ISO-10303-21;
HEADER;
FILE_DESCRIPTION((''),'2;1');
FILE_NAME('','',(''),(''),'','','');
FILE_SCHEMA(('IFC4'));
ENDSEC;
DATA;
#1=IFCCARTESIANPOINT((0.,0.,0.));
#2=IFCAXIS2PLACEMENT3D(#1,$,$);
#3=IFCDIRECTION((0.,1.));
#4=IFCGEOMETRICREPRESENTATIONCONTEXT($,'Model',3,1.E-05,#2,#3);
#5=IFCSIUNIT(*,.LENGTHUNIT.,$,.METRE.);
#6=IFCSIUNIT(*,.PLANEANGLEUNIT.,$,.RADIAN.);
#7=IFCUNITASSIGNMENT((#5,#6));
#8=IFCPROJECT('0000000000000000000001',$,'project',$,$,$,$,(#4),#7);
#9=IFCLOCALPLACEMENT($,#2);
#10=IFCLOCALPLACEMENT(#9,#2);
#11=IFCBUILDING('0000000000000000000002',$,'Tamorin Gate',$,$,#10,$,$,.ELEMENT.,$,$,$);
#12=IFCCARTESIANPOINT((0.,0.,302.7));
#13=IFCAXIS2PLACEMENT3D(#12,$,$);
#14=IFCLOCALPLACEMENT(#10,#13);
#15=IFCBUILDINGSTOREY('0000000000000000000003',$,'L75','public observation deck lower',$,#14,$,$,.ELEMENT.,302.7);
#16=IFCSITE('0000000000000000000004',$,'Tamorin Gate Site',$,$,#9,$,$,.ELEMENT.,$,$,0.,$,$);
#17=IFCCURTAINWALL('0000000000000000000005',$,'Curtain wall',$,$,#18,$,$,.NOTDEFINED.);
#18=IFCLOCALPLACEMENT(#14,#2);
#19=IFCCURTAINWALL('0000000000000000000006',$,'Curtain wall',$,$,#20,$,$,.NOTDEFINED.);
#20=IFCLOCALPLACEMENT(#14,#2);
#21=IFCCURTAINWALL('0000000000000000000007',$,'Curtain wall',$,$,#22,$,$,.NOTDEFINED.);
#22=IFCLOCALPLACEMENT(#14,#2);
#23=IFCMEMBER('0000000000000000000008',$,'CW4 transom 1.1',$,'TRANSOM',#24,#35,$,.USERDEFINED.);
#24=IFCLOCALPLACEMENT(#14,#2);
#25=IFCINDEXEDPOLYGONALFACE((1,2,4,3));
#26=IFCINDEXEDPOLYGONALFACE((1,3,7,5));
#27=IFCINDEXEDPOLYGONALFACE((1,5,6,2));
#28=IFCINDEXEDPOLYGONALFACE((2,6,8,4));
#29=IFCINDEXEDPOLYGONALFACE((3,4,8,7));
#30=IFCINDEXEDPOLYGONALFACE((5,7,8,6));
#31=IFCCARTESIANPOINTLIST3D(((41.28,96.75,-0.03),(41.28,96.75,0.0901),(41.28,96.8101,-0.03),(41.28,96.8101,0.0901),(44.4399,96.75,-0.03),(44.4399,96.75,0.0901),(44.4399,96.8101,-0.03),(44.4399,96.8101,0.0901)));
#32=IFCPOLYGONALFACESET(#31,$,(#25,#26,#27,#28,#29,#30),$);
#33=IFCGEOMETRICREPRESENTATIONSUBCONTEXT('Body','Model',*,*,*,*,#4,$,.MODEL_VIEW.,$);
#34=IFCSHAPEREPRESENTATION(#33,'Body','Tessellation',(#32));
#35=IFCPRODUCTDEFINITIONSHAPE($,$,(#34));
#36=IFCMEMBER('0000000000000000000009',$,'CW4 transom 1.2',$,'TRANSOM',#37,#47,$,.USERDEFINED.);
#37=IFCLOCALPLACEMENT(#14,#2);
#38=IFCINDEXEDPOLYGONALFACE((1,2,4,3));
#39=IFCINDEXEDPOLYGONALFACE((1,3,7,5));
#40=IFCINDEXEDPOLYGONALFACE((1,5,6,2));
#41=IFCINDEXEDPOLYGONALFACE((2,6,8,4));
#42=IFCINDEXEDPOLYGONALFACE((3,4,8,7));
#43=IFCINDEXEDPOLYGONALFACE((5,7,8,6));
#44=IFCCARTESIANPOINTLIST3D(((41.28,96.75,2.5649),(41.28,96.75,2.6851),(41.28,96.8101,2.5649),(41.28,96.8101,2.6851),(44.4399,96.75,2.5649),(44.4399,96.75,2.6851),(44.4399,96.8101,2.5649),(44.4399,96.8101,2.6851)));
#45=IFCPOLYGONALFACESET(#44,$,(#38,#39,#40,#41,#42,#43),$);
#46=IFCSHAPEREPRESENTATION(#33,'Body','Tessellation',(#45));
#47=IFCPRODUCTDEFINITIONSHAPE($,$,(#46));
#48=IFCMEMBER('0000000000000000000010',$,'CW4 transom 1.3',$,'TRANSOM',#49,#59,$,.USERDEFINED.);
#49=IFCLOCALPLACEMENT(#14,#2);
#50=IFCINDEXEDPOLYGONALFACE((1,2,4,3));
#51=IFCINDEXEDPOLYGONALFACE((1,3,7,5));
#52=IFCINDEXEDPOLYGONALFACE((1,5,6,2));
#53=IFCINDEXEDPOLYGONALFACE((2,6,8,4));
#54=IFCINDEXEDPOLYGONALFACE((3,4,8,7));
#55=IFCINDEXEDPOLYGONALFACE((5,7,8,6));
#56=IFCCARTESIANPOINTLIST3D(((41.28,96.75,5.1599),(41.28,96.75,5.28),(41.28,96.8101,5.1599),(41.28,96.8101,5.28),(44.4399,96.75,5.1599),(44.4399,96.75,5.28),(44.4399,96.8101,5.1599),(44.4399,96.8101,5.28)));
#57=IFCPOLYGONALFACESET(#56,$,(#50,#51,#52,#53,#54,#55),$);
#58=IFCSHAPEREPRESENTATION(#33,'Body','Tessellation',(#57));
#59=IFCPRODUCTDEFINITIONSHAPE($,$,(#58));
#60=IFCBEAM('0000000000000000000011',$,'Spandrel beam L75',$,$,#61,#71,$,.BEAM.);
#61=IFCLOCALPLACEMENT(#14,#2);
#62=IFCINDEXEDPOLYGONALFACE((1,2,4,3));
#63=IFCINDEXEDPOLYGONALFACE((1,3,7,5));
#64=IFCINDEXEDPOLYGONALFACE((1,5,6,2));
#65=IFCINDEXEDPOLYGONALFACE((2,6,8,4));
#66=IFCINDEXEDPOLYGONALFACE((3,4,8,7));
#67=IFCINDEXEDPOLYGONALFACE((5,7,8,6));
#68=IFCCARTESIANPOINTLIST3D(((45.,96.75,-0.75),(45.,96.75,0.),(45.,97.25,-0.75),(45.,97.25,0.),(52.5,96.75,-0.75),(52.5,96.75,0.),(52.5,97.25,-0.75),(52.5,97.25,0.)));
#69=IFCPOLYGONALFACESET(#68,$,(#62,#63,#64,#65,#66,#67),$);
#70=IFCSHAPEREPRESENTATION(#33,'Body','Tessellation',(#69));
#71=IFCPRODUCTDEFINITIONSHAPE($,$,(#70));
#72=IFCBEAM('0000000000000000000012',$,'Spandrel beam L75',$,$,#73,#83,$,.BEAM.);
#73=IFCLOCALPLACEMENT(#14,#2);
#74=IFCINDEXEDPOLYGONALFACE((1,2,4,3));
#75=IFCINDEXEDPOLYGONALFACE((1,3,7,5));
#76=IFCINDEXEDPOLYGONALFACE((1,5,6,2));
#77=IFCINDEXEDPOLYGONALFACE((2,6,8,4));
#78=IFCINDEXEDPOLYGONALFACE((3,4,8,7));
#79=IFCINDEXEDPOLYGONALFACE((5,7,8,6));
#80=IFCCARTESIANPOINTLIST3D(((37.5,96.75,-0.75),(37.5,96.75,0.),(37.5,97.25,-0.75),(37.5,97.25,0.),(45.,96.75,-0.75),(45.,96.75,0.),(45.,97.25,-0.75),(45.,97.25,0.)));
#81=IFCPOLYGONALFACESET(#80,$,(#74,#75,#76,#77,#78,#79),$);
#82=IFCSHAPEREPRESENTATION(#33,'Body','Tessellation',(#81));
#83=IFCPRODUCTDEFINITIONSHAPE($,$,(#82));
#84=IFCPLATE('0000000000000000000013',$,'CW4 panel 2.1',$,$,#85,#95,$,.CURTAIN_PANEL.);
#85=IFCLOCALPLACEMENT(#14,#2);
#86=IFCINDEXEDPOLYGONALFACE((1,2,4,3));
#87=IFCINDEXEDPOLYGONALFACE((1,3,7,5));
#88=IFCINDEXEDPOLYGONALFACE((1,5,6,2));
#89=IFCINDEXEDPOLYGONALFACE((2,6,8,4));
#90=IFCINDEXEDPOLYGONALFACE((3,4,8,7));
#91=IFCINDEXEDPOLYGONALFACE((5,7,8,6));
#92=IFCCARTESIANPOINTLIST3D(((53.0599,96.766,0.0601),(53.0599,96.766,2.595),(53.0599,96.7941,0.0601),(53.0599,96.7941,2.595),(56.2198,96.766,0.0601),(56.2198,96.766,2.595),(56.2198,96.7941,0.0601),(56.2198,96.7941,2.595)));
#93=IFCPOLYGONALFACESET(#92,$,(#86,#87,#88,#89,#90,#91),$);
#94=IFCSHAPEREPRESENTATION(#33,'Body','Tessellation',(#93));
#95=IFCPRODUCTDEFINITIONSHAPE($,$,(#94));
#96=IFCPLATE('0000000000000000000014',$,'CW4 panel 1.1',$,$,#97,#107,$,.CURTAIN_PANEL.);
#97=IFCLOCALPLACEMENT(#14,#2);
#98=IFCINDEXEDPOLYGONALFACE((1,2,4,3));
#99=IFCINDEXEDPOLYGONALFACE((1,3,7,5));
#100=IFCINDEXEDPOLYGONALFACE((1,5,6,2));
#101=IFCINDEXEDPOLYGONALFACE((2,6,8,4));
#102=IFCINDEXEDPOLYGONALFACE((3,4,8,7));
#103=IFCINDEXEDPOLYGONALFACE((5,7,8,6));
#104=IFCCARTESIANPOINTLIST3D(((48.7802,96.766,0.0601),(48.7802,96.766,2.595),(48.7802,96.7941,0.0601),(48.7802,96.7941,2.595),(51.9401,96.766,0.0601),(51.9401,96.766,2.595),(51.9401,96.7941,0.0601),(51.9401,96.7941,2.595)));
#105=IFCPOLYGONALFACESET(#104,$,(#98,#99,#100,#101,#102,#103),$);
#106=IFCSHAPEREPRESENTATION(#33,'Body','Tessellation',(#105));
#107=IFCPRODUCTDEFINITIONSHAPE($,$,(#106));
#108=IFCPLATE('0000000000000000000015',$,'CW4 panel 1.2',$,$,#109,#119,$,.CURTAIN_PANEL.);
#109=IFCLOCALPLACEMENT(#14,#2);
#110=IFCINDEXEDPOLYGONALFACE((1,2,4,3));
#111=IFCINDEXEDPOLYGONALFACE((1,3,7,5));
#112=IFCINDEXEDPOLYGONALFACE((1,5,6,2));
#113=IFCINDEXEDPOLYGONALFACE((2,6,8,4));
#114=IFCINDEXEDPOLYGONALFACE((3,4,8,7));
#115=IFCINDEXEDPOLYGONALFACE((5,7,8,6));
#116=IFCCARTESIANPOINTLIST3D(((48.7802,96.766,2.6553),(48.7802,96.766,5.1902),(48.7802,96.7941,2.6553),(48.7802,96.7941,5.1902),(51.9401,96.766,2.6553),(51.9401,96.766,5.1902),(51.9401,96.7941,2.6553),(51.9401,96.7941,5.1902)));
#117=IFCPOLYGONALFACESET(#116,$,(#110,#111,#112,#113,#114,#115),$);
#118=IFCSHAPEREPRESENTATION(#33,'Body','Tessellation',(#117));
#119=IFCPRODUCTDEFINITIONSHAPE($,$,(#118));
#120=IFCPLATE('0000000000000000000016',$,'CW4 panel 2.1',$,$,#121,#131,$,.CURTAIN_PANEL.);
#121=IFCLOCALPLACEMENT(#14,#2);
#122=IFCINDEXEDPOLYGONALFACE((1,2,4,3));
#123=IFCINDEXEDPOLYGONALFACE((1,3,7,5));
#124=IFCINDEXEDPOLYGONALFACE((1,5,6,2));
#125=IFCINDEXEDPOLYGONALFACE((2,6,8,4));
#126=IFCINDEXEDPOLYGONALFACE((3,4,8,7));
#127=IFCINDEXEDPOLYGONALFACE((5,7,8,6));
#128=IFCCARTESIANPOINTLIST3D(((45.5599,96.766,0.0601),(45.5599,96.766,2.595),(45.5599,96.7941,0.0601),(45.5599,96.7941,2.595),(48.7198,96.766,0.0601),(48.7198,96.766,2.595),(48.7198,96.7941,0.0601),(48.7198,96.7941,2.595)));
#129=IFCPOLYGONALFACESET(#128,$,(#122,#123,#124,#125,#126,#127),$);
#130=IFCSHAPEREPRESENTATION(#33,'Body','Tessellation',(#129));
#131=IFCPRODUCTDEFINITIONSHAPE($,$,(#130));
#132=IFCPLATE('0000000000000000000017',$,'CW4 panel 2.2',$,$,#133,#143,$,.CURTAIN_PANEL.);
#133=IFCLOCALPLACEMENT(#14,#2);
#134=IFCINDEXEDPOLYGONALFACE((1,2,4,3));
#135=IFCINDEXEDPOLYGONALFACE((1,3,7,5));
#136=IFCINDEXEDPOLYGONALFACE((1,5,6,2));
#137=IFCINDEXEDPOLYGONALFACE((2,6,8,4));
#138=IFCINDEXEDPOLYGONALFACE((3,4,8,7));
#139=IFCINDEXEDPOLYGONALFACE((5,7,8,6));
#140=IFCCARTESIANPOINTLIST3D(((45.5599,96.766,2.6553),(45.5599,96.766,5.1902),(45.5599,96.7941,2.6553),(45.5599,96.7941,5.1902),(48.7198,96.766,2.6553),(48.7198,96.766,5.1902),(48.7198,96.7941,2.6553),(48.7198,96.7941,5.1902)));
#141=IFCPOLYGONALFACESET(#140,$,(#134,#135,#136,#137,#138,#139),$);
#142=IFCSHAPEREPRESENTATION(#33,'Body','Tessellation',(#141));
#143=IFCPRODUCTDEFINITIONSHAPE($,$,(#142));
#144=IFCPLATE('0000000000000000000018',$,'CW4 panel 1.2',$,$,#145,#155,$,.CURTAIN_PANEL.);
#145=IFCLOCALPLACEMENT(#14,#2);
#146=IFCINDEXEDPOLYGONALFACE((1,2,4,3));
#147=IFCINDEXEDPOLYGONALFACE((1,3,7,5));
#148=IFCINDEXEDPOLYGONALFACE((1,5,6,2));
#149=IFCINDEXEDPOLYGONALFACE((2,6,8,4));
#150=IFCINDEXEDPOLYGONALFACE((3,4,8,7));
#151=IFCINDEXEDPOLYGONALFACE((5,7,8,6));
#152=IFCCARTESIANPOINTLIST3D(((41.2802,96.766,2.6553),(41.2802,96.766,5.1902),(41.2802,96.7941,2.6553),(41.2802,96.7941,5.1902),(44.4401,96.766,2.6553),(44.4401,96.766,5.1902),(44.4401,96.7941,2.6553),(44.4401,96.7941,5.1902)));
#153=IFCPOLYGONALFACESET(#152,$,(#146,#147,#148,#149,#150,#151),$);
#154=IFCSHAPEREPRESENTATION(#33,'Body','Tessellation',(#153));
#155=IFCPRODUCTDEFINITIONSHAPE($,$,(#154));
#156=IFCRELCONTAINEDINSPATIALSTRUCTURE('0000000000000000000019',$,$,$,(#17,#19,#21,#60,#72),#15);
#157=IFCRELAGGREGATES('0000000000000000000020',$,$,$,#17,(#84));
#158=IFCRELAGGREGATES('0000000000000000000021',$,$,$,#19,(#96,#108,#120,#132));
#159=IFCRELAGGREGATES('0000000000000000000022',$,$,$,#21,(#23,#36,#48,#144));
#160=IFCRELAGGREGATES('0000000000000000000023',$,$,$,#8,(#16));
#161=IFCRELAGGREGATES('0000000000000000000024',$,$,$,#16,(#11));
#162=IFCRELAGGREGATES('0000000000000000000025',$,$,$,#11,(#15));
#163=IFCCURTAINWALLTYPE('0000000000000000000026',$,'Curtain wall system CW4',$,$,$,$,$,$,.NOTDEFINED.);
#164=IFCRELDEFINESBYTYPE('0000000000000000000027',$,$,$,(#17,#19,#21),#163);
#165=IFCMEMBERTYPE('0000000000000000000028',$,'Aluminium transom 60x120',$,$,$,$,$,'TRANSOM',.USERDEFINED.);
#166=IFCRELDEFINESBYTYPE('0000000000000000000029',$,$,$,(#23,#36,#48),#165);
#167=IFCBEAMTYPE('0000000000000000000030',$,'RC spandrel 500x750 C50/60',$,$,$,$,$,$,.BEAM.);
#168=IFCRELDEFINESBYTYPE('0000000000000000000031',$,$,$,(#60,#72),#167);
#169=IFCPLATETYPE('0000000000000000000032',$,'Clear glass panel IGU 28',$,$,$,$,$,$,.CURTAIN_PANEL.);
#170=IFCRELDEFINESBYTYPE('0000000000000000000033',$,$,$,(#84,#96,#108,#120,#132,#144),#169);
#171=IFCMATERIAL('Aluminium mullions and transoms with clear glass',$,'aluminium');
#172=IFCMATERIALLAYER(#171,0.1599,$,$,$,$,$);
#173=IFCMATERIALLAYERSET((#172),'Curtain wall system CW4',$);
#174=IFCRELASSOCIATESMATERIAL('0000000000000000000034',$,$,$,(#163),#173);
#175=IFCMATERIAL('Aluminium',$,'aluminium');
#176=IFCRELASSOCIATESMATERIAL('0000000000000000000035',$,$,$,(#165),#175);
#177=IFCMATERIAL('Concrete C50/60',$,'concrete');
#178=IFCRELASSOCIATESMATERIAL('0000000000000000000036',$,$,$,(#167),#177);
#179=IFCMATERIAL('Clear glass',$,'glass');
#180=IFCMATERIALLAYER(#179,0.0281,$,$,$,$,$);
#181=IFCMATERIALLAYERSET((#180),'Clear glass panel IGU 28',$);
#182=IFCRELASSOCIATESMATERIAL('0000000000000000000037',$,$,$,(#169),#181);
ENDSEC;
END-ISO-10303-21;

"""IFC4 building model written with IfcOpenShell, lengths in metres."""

from ifc_helpers import new_model, si_unit, direction, frame, origin, origin_2d, place, context, subcontext, project, spatial, rectangle, extrude, material, layer, layer_set, material_profile, profile_set, type_object, element, aggregate, save


model = new_model("IFC4")

# Units and contexts
model_context = context("Model", 3, precision=1e-05, world=origin(), true_north=direction((0.0, 1.0)))
body_context = subcontext(model_context, "Body", "Model", "MODEL_VIEW")
ifc_project = project(units=[si_unit("LENGTHUNIT", "METRE"), si_unit("PLANEANGLEUNIT", "RADIAN")], contexts=[model_context])

# Site, building, storey
site_placement = place(None, origin())
site = spatial("IfcSite", under=ifc_project, at=site_placement, Name="Tamorin Gate Site", CompositionType="ELEMENT", RefElevation=0.0)
building_placement = place(site_placement, origin())
building = spatial("IfcBuilding", under=site, at=building_placement, Name="Tamorin Gate", CompositionType="ELEMENT")
storey_placement = place(building_placement, frame((0.0, 0.0, 302.7)))
storey = spatial("IfcBuildingStorey", under=building, at=storey_placement, Name="L75", Description="public observation deck lower", CompositionType="ELEMENT", Elevation=302.7)

# Shared definitions
ifc_material_1 = material(Name="Concrete C50/60", Category="concrete")

# Curtain wall
ifc_material_2 = material(Name="Aluminium mullions and transoms with clear glass", Category="aluminium")
ifc_layer_1 = layer(ifc_material_2, 0.1599)
ifc_layer_set_1 = layer_set([ifc_layer_1], Name="Curtain wall system CW4")
curtain_wall_type = type_object("IfcCurtainWallType", Name="Curtain wall system CW4", PredefinedType="NOTDEFINED", material=ifc_layer_set_1)
curtain_wall_1_placement = place(storey_placement, origin())
curtain_wall_1 = element("IfcCurtainWall", 1, at=curtain_wall_1_placement, inside=storey, type_object=curtain_wall_type, Name="Curtain wall", PredefinedType="NOTDEFINED")
ifc_material_3 = material(Name="Aluminium", Category="aluminium")

# Curtain wall
curtain_wall_2_placement = place(storey_placement, origin())
curtain_wall_2 = element("IfcCurtainWall", 2, at=curtain_wall_2_placement, inside=storey, type_object=curtain_wall_type, Name="Curtain wall", PredefinedType="NOTDEFINED")

# Curtain wall
curtain_wall_3_placement = place(storey_placement, origin())
curtain_wall_3 = element("IfcCurtainWall", 3, at=curtain_wall_3_placement, inside=storey, type_object=curtain_wall_type, Name="Curtain wall", PredefinedType="NOTDEFINED")

# Members
ifc_material_profile_1 = material_profile(ifc_material_3, rectangle(XDim=0.0601, YDim=0.1201, at=origin_2d()), Name="RECT 60x120")
ifc_profile_set_1 = profile_set([ifc_material_profile_1], Name="Aluminium")
member_type_1 = type_object("IfcMemberType", Name="Aluminium transom 60x120", ElementType="TRANSOM", PredefinedType="USERDEFINED", material=ifc_profile_set_1)
member_1_placement = place(storey_placement, frame((44.4399, 96.78, 0.03), z_axis=(-1.0, 0.0, 0.0), x_axis=(0.0, -1.0, 0.0)))
member_1 = element("IfcMember", 4, at=member_1_placement, type_object=member_type_1, Name="CW4 transom 1.1", ObjectType="TRANSOM", PredefinedType="USERDEFINED", context=body_context, shape_type="SweptSolid", body=[
    extrude(rectangle(XDim=0.0601, YDim=0.1201, at=origin_2d()), origin(), (0.0, 0.0, 1.0), 3.1599),
])
member_2_placement = place(storey_placement, frame((44.4399, 96.78, 2.625), z_axis=(-1.0, 0.0, 0.0), x_axis=(0.0, -1.0, 0.0)))
member_2 = element("IfcMember", 5, at=member_2_placement, type_object=member_type_1, Name="CW4 transom 1.2", ObjectType="TRANSOM", PredefinedType="USERDEFINED", context=body_context, shape_type="SweptSolid", body=[
    extrude(rectangle(XDim=0.0601, YDim=0.1201, at=origin_2d()), origin(), (0.0, 0.0, 1.0), 3.1599),
])
member_3_placement = place(storey_placement, frame((44.4399, 96.78, 5.22), z_axis=(-1.0, 0.0, 0.0), x_axis=(0.0, -1.0, 0.0)))
member_3 = element("IfcMember", 6, at=member_3_placement, type_object=member_type_1, Name="CW4 transom 1.3", ObjectType="TRANSOM", PredefinedType="USERDEFINED", context=body_context, shape_type="SweptSolid", body=[
    extrude(rectangle(XDim=0.0601, YDim=0.1201, at=origin_2d()), origin(), (0.0, 0.0, 1.0), 3.1599),
])

# Beams
ifc_material_profile_2 = material_profile(ifc_material_1, rectangle(XDim=0.5, YDim=0.75, at=origin_2d()), Name="RC 500x750")
ifc_profile_set_2 = profile_set([ifc_material_profile_2], Name="Concrete C50/60")
beam_type = type_object("IfcBeamType", Name="RC spandrel 500x750 C50/60", PredefinedType="BEAM", material=ifc_profile_set_2)
for number, where, z_axis, x_axis, name in (
    (7, (52.5, 97.0, -0.375), (-1.0, 0.0, 0.0), (0.0, -1.0, 0.0), "Spandrel beam L75"),
    (8, (45.0, 97.0, -0.375), (-1.0, 0.0, 0.0), (0.0, -1.0, 0.0), "Spandrel beam L75"),
):
    element("IfcBeam", number, at=place(storey_placement, frame(where, z_axis=z_axis, x_axis=x_axis)), inside=storey, type_object=beam_type, Name=name, PredefinedType="BEAM", context=body_context, shape_type="SweptSolid", body=[
        extrude(rectangle(XDim=0.5, YDim=0.75, at=origin_2d()), origin(), (0.0, 0.0, 1.0), 7.5),
    ])

# Plates
ifc_material_4 = material(Name="Clear glass", Category="glass")
ifc_layer_2 = layer(ifc_material_4, 0.0281)
ifc_layer_set_2 = layer_set([ifc_layer_2], Name="Clear glass panel IGU 28")
plate_type = type_object("IfcPlateType", Name="Clear glass panel IGU 28", PredefinedType="CURTAIN_PANEL", material=ifc_layer_set_2)
plate_1_placement = place(storey_placement, frame((54.6399, 96.78, 0.0601), z_axis=(0.0, 0.0, 1.0), x_axis=(-1.0, 0.0, 0.0)))
plate_1 = element("IfcPlate", 9, at=plate_1_placement, type_object=plate_type, Name="CW4 panel 2.1", PredefinedType="CURTAIN_PANEL", context=body_context, shape_type="SweptSolid", body=[
    extrude(rectangle(XDim=3.1599, YDim=0.0281, at=origin_2d()), origin(), (0.0, 0.0, 1.0), 2.5349),
])
aggregate(curtain_wall_1, [plate_1])
plate_2_placement = place(storey_placement, frame((50.3601, 96.78, 0.0601), z_axis=(0.0, 0.0, 1.0), x_axis=(-1.0, 0.0, 0.0)))
plate_2 = element("IfcPlate", 10, at=plate_2_placement, type_object=plate_type, Name="CW4 panel 1.1", PredefinedType="CURTAIN_PANEL", context=body_context, shape_type="SweptSolid", body=[
    extrude(rectangle(XDim=3.1599, YDim=0.0281, at=origin_2d()), origin(), (0.0, 0.0, 1.0), 2.5349),
])
plate_3_placement = place(storey_placement, frame((50.3601, 96.78, 2.6553), z_axis=(0.0, 0.0, 1.0), x_axis=(-1.0, 0.0, 0.0)))
plate_3 = element("IfcPlate", 11, at=plate_3_placement, type_object=plate_type, Name="CW4 panel 1.2", PredefinedType="CURTAIN_PANEL", context=body_context, shape_type="SweptSolid", body=[
    extrude(rectangle(XDim=3.1599, YDim=0.0281, at=origin_2d()), origin(), (0.0, 0.0, 1.0), 2.5349),
])
plate_4_placement = place(storey_placement, frame((47.1399, 96.78, 0.0601), z_axis=(0.0, 0.0, 1.0), x_axis=(-1.0, 0.0, 0.0)))
plate_4 = element("IfcPlate", 12, at=plate_4_placement, type_object=plate_type, Name="CW4 panel 2.1", PredefinedType="CURTAIN_PANEL", context=body_context, shape_type="SweptSolid", body=[
    extrude(rectangle(XDim=3.1599, YDim=0.0281, at=origin_2d()), origin(), (0.0, 0.0, 1.0), 2.5349),
])
plate_5_placement = place(storey_placement, frame((47.1399, 96.78, 2.6553), z_axis=(0.0, 0.0, 1.0), x_axis=(-1.0, 0.0, 0.0)))
plate_5 = element("IfcPlate", 13, at=plate_5_placement, type_object=plate_type, Name="CW4 panel 2.2", PredefinedType="CURTAIN_PANEL", context=body_context, shape_type="SweptSolid", body=[
    extrude(rectangle(XDim=3.1599, YDim=0.0281, at=origin_2d()), origin(), (0.0, 0.0, 1.0), 2.5349),
])
aggregate(curtain_wall_2, [plate_2, plate_3, plate_4, plate_5])
plate_6_placement = place(storey_placement, frame((42.8601, 96.78, 2.6553), z_axis=(0.0, 0.0, 1.0), x_axis=(-1.0, 0.0, 0.0)))
plate_6 = element("IfcPlate", 14, at=plate_6_placement, type_object=plate_type, Name="CW4 panel 1.2", PredefinedType="CURTAIN_PANEL", context=body_context, shape_type="SweptSolid", body=[
    extrude(rectangle(XDim=3.1599, YDim=0.0281, at=origin_2d()), origin(), (0.0, 0.0, 1.0), 2.5349),
])
aggregate(curtain_wall_3, [member_1, member_2, member_3, plate_6])

save(model, "model.ifc")
